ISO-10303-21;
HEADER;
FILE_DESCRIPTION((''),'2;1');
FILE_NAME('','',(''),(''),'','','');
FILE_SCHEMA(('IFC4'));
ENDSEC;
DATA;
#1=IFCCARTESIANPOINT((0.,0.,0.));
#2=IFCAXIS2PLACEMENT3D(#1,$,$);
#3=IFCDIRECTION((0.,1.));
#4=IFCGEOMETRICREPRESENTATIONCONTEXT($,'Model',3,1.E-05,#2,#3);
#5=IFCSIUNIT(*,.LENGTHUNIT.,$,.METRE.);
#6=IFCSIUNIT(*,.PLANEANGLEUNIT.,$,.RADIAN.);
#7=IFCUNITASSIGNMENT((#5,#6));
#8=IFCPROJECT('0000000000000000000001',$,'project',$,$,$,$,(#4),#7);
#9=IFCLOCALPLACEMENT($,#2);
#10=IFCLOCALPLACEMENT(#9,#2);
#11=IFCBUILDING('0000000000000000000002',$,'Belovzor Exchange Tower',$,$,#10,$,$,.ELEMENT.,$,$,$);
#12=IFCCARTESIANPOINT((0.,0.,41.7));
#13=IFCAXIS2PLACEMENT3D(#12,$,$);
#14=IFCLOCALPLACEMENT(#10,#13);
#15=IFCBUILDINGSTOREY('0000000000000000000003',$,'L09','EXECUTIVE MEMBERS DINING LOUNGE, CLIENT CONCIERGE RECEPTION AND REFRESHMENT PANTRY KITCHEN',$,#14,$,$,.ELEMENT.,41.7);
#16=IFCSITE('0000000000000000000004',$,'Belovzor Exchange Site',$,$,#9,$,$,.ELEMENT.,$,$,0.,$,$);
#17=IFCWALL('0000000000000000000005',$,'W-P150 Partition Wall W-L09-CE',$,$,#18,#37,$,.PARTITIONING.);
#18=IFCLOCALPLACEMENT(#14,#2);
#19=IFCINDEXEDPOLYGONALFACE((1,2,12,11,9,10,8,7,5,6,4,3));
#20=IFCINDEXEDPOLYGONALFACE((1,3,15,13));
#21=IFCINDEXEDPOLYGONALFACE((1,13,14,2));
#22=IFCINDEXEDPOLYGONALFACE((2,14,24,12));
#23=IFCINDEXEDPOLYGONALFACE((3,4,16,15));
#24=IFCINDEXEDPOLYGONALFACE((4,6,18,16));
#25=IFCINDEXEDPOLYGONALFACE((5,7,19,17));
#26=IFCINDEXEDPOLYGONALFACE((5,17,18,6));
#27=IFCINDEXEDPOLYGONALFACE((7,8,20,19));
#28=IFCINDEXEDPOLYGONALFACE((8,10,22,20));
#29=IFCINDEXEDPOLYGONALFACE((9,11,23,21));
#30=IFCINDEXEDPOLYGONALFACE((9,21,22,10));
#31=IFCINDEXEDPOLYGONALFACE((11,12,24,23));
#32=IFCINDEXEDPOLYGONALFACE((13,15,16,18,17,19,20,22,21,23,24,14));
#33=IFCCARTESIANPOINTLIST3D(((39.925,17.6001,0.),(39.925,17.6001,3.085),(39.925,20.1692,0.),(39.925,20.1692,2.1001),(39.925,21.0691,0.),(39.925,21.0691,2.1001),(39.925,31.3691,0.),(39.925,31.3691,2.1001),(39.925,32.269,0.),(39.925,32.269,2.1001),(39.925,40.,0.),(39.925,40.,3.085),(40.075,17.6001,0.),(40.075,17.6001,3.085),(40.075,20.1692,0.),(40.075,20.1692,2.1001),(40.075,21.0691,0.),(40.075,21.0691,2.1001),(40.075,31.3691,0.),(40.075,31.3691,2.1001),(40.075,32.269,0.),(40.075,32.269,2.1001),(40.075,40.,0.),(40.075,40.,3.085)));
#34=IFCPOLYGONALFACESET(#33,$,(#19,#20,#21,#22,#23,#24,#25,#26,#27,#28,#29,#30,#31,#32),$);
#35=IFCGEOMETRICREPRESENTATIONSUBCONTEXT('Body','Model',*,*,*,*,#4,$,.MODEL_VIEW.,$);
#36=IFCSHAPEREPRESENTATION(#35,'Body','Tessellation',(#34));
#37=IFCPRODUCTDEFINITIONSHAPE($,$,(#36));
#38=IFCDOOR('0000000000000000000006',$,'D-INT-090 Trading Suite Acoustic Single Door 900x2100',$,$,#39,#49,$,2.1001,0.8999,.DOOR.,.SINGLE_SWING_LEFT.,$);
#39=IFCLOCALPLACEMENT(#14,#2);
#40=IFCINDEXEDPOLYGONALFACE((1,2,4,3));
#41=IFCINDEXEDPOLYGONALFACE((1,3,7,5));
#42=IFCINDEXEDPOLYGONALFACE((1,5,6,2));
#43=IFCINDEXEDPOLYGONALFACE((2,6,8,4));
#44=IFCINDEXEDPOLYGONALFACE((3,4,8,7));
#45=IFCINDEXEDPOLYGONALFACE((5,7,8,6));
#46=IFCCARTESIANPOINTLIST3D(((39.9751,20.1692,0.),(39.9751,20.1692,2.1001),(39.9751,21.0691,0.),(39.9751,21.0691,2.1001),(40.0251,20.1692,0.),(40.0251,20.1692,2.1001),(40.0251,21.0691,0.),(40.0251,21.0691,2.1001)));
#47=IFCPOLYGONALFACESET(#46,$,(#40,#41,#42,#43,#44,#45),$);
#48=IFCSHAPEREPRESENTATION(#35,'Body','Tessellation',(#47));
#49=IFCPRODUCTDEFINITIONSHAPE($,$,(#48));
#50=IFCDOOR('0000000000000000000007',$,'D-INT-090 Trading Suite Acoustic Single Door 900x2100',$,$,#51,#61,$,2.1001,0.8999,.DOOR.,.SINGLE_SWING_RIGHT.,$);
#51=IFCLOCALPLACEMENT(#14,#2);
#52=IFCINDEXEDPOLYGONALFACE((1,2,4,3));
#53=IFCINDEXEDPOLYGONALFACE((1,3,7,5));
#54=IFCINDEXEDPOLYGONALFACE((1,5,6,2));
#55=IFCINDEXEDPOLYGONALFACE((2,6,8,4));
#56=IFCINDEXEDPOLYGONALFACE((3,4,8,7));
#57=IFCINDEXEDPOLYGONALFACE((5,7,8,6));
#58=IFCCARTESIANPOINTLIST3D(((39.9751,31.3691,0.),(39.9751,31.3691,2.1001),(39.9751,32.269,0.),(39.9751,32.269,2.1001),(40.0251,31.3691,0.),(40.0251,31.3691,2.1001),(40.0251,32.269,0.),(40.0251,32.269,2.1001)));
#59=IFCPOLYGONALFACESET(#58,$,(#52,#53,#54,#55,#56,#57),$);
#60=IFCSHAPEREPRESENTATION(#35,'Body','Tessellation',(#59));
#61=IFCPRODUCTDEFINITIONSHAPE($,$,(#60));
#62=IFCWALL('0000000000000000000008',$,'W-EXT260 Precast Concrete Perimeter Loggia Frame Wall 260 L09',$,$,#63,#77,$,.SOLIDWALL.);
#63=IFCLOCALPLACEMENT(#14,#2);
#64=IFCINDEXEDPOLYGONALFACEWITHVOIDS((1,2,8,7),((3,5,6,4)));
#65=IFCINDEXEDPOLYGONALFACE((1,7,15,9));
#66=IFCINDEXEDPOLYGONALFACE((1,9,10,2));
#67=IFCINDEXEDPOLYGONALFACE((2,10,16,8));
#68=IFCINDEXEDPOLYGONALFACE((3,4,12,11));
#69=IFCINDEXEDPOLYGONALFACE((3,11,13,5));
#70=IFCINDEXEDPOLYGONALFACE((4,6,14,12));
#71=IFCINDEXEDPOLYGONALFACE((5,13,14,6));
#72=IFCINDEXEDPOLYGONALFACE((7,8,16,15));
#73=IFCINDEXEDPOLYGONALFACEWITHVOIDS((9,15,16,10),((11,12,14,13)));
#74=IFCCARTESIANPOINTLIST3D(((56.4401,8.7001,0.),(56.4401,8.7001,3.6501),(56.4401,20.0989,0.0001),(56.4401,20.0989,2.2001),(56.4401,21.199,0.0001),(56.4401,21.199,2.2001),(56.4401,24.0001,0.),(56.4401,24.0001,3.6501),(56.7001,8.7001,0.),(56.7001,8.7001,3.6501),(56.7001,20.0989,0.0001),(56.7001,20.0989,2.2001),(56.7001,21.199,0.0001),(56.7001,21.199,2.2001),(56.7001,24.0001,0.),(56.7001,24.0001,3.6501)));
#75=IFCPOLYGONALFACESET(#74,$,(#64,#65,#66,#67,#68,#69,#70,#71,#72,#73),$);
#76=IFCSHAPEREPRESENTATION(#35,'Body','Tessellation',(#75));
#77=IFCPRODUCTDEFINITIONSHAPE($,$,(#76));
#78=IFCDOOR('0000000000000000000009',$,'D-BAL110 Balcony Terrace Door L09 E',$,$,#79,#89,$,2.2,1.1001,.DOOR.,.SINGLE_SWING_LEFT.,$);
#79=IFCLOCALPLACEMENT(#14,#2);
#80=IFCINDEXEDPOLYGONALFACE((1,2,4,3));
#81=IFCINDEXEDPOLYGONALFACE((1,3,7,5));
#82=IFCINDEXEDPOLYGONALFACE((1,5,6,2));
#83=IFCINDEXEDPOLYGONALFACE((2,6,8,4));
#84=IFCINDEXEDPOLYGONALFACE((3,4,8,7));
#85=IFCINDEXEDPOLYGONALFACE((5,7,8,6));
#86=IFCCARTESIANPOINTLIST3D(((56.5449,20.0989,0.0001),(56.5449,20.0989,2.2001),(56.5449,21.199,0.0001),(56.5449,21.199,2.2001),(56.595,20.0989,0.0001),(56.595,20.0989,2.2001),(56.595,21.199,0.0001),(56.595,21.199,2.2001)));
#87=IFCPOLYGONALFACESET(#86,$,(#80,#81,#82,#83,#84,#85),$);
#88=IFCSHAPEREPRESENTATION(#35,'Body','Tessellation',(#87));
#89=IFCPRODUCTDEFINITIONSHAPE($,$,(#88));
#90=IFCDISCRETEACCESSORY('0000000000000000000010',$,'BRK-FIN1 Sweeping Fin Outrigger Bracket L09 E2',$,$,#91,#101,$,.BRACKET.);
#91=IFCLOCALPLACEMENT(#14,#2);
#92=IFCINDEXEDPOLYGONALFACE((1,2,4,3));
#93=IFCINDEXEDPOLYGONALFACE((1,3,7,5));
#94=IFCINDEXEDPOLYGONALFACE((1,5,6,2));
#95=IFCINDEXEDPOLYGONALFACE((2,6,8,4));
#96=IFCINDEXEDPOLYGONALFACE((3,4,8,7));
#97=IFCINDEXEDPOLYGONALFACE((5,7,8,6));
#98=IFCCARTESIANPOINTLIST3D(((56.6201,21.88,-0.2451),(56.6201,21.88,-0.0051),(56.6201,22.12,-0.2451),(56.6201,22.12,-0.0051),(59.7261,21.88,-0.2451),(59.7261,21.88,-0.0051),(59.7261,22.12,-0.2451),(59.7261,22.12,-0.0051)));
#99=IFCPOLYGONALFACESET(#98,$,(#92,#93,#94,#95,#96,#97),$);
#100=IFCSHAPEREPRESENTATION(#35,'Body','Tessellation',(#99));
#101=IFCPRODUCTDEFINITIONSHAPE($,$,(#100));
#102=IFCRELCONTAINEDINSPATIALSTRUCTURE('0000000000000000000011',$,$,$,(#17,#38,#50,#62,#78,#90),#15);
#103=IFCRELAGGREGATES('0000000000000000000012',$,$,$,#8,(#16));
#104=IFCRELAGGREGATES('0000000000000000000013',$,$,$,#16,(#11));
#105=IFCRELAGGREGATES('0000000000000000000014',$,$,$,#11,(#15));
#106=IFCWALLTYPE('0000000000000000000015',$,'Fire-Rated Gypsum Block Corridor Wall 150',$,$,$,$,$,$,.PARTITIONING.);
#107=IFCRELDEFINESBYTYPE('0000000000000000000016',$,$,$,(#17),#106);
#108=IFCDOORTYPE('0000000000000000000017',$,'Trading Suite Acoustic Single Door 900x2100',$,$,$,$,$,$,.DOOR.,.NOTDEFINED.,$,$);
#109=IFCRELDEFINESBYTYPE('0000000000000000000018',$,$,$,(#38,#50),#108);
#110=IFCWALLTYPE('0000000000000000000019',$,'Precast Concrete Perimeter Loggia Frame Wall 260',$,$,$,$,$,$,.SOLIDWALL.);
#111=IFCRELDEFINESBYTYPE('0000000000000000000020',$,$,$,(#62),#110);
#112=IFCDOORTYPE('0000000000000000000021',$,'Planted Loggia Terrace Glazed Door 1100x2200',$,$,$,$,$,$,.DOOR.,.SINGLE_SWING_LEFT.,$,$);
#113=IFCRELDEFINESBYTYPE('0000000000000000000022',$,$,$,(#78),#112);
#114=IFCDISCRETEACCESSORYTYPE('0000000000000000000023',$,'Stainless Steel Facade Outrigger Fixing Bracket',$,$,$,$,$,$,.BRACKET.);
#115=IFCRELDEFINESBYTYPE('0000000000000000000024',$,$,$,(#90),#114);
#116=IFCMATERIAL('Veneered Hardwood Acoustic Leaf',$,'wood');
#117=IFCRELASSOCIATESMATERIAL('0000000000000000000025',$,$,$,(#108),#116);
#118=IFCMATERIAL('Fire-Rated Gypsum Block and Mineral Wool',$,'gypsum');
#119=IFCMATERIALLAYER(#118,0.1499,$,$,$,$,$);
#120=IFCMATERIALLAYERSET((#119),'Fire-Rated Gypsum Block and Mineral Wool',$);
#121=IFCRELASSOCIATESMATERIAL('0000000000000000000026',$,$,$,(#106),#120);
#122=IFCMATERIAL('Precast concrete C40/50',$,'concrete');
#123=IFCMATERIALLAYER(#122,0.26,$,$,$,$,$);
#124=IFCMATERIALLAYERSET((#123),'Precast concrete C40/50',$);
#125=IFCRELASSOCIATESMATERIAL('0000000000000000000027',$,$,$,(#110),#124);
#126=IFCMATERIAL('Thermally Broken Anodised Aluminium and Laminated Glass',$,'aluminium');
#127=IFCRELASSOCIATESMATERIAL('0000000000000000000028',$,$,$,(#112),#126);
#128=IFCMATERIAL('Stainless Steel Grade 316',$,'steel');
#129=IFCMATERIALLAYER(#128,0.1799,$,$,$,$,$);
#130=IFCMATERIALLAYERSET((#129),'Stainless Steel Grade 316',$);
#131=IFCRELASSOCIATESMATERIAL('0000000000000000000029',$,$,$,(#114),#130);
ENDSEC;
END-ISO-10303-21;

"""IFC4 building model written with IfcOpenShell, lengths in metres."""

from ifc_helpers import new_model, si_unit, direction, frame, frame_2d, origin, origin_2d, place, context, subcontext, project, spatial, rectangle, extrude, material, layer, layer_set, type_object, element, fill, save


model = new_model("IFC4")

# Units and contexts
model_context = context("Model", 3, precision=1e-05, world=origin(), true_north=direction((0.0, 1.0)))
body_context = subcontext(model_context, "Body", "Model", "MODEL_VIEW")
ifc_project = project(units=[si_unit("LENGTHUNIT", "METRE"), si_unit("PLANEANGLEUNIT", "RADIAN")], contexts=[model_context])

# Site, building, storey
site_placement = place(None, origin())
site = spatial("IfcSite", under=ifc_project, at=site_placement, Name="Belovzor Exchange Site", CompositionType="ELEMENT", RefElevation=0.0)
building_placement = place(site_placement, origin())
building = spatial("IfcBuilding", under=site, at=building_placement, Name="Belovzor Exchange Tower", CompositionType="ELEMENT")
storey_placement = place(building_placement, frame((0.0, 0.0, 41.7)))
storey = spatial("IfcBuildingStorey", under=building, at=storey_placement, Name="L09", Description="EXECUTIVE MEMBERS DINING LOUNGE, CLIENT CONCIERGE RECEPTION AND REFRESHMENT PANTRY KITCHEN", CompositionType="ELEMENT", Elevation=41.7)

# Shared definitions
ifc_material_1 = material(Name="Veneered Hardwood Acoustic Leaf", Category="wood")
door_type_1 = type_object("IfcDoorType", Name="Trading Suite Acoustic Single Door 900x2100", OperationType="NOTDEFINED", PredefinedType="DOOR", material=ifc_material_1)

# Wall, openings, doors
ifc_material_2 = material(Name="Fire-Rated Gypsum Block and Mineral Wool", Category="gypsum")
ifc_layer_1 = layer(ifc_material_2, 0.1499)
ifc_layer_set_1 = layer_set([ifc_layer_1], Name="Fire-Rated Gypsum Block and Mineral Wool")
wall_type_1 = type_object("IfcWallType", Name="Fire-Rated Gypsum Block Corridor Wall 150", PredefinedType="PARTITIONING", material=ifc_layer_set_1)
wall_1_placement = place(storey_placement, frame((40.0, 17.6001, 0.0), z_axis=(0.0, 0.0, 1.0), x_axis=(0.0, 1.0, 0.0)))
wall_1 = element("IfcWall", 1, at=wall_1_placement, inside=storey, type_object=wall_type_1, Name="W-P150 Partition Wall W-L09-CE", PredefinedType="PARTITIONING", context=body_context, shape_type="SweptSolid", body=[
    extrude(rectangle(XDim=22.3999, YDim=0.1499, at=frame_2d((11.2, 0.0))), origin(), (0.0, 0.0, 1.0), 3.085),
])
opening_1_placement = place(wall_1_placement, frame((2.5691, 0.0, 0.0)))
opening_1 = element("IfcOpeningElement", 2, at=opening_1_placement, cuts=wall_1, PredefinedType="OPENING", context=body_context, shape_type="SweptSolid", body=[
    extrude(rectangle(XDim=0.8999, YDim=2.1001, at=frame_2d((0.45, 1.05))), frame((0.0, 0.085, 0.0), z_axis=(0.0, -1.0, 0.0), x_axis=(1.0, 0.0, 0.0)), (0.0, 0.0, 1.0), 0.1699),
])
opening_2_placement = place(wall_1_placement, frame((13.769, 0.0, 0.0)))
opening_2 = element("IfcOpeningElement", 3, at=opening_2_placement, cuts=wall_1, PredefinedType="OPENING", context=body_context, shape_type="SweptSolid", body=[
    extrude(rectangle(XDim=0.8999, YDim=2.1001, at=frame_2d((0.45, 1.05))), frame((0.0, 0.085, 0.0), z_axis=(0.0, -1.0, 0.0), x_axis=(1.0, 0.0, 0.0)), (0.0, 0.0, 1.0), 0.1699),
])
door_1_placement = place(opening_1_placement, origin())
door_1 = element("IfcDoor", 4, at=door_1_placement, inside=storey, type_object=door_type_1, Name="D-INT-090 Trading Suite Acoustic Single Door 900x2100", OperationType="SINGLE_SWING_LEFT", OverallHeight=2.1001, OverallWidth=0.8999, PredefinedType="DOOR", context=body_context, shape_type="SweptSolid", body=[
    extrude(rectangle(XDim=0.8999, YDim=2.1001, at=frame_2d((0.45, 1.05))), frame((0.0, 0.0249, 0.0), z_axis=(0.0, -1.0, 0.0), x_axis=(1.0, 0.0, 0.0)), (0.0, 0.0, 1.0), 0.05),
])
fill(opening_1, door_1)
door_2_placement = place(opening_2_placement, origin())
door_2 = element("IfcDoor", 5, at=door_2_placement, inside=storey, type_object=door_type_1, Name="D-INT-090 Trading Suite Acoustic Single Door 900x2100", OperationType="SINGLE_SWING_RIGHT", OverallHeight=2.1001, OverallWidth=0.8999, PredefinedType="DOOR", context=body_context, shape_type="SweptSolid", body=[
    extrude(rectangle(XDim=0.8999, YDim=2.1001, at=frame_2d((0.45, 1.05))), frame((0.0, 0.0249, 0.0), z_axis=(0.0, -1.0, 0.0), x_axis=(1.0, 0.0, 0.0)), (0.0, 0.0, 1.0), 0.05),
])
fill(opening_2, door_2)

# Wall, opening, door
ifc_material_3 = material(Name="Precast concrete C40/50", Category="concrete")
ifc_layer_2 = layer(ifc_material_3, 0.26)
ifc_layer_set_2 = layer_set([ifc_layer_2], Name="Precast concrete C40/50")
wall_type_2 = type_object("IfcWallType", Name="Precast Concrete Perimeter Loggia Frame Wall 260", PredefinedType="SOLIDWALL", material=ifc_layer_set_2)
wall_2_placement = place(storey_placement, frame((56.5701, 24.0, 0.0), z_axis=(0.0, 0.0, 1.0), x_axis=(0.0, -1.0, 0.0)))
wall_2 = element("IfcWall", 6, at=wall_2_placement, inside=storey, type_object=wall_type_2, Name="W-EXT260 Precast Concrete Perimeter Loggia Frame Wall 260 L09", PredefinedType="SOLIDWALL", context=body_context, shape_type="SweptSolid", body=[
    extrude(rectangle(XDim=15.3, YDim=0.26, at=frame_2d((7.6499, 0.0))), origin(), (0.0, 0.0, 1.0), 3.6501),
])
opening_3_placement = place(wall_2_placement, frame((2.801, 0.0, 0.0)))
opening_3 = element("IfcOpeningElement", 7, at=opening_3_placement, cuts=wall_2, PredefinedType="OPENING", context=body_context, shape_type="SweptSolid", body=[
    extrude(rectangle(XDim=1.1001, YDim=2.2, at=frame_2d((0.55, 1.1001))), frame((0.0, 0.1399, 0.0), z_axis=(0.0, -1.0, 0.0), x_axis=(1.0, 0.0, 0.0)), (0.0, 0.0, 1.0), 0.28),
])
ifc_material_4 = material(Name="Thermally Broken Anodised Aluminium and Laminated Glass", Category="aluminium")
door_type_2 = type_object("IfcDoorType", Name="Planted Loggia Terrace Glazed Door 1100x2200", OperationType="SINGLE_SWING_LEFT", PredefinedType="DOOR", material=ifc_material_4)
door_3_placement = place(opening_3_placement, origin())
door_3 = element("IfcDoor", 8, at=door_3_placement, inside=storey, type_object=door_type_2, Name="D-BAL110 Balcony Terrace Door L09 E", OperationType="SINGLE_SWING_LEFT", OverallHeight=2.2, OverallWidth=1.1001, PredefinedType="DOOR", context=body_context, shape_type="SweptSolid", body=[
    extrude(rectangle(XDim=1.1001, YDim=2.2, at=frame_2d((0.55, 1.1001))), frame((0.0, 0.0249, 0.0), z_axis=(0.0, -1.0, 0.0), x_axis=(1.0, 0.0, 0.0)), (0.0, 0.0, 1.0), 0.05),
])
fill(opening_3, door_3)

# Discrete accessory
ifc_material_5 = material(Name="Stainless Steel Grade 316", Category="steel")
ifc_layer_3 = layer(ifc_material_5, 0.1799)
ifc_layer_set_3 = layer_set([ifc_layer_3], Name="Stainless Steel Grade 316")
discrete_accessory_type = type_object("IfcDiscreteAccessoryType", Name="Stainless Steel Facade Outrigger Fixing Bracket", PredefinedType="BRACKET", material=ifc_layer_set_3)
discrete_accessory_placement = place(storey_placement, frame((58.1731, 22.0, -0.2451), z_axis=(0.0, 0.0, 1.0), x_axis=(1.0, 0.0, 0.0)))
element("IfcDiscreteAccessory", 9, at=discrete_accessory_placement, inside=storey, type_object=discrete_accessory_type, Name="BRK-FIN1 Sweeping Fin Outrigger Bracket L09 E2", PredefinedType="BRACKET", context=body_context, shape_type="SweptSolid", body=[
    extrude(rectangle(XDim=3.106, YDim=0.24, at=origin_2d()), origin(), (0.0, 0.0, 1.0), 0.24),
])

save(model, "model.ifc")
